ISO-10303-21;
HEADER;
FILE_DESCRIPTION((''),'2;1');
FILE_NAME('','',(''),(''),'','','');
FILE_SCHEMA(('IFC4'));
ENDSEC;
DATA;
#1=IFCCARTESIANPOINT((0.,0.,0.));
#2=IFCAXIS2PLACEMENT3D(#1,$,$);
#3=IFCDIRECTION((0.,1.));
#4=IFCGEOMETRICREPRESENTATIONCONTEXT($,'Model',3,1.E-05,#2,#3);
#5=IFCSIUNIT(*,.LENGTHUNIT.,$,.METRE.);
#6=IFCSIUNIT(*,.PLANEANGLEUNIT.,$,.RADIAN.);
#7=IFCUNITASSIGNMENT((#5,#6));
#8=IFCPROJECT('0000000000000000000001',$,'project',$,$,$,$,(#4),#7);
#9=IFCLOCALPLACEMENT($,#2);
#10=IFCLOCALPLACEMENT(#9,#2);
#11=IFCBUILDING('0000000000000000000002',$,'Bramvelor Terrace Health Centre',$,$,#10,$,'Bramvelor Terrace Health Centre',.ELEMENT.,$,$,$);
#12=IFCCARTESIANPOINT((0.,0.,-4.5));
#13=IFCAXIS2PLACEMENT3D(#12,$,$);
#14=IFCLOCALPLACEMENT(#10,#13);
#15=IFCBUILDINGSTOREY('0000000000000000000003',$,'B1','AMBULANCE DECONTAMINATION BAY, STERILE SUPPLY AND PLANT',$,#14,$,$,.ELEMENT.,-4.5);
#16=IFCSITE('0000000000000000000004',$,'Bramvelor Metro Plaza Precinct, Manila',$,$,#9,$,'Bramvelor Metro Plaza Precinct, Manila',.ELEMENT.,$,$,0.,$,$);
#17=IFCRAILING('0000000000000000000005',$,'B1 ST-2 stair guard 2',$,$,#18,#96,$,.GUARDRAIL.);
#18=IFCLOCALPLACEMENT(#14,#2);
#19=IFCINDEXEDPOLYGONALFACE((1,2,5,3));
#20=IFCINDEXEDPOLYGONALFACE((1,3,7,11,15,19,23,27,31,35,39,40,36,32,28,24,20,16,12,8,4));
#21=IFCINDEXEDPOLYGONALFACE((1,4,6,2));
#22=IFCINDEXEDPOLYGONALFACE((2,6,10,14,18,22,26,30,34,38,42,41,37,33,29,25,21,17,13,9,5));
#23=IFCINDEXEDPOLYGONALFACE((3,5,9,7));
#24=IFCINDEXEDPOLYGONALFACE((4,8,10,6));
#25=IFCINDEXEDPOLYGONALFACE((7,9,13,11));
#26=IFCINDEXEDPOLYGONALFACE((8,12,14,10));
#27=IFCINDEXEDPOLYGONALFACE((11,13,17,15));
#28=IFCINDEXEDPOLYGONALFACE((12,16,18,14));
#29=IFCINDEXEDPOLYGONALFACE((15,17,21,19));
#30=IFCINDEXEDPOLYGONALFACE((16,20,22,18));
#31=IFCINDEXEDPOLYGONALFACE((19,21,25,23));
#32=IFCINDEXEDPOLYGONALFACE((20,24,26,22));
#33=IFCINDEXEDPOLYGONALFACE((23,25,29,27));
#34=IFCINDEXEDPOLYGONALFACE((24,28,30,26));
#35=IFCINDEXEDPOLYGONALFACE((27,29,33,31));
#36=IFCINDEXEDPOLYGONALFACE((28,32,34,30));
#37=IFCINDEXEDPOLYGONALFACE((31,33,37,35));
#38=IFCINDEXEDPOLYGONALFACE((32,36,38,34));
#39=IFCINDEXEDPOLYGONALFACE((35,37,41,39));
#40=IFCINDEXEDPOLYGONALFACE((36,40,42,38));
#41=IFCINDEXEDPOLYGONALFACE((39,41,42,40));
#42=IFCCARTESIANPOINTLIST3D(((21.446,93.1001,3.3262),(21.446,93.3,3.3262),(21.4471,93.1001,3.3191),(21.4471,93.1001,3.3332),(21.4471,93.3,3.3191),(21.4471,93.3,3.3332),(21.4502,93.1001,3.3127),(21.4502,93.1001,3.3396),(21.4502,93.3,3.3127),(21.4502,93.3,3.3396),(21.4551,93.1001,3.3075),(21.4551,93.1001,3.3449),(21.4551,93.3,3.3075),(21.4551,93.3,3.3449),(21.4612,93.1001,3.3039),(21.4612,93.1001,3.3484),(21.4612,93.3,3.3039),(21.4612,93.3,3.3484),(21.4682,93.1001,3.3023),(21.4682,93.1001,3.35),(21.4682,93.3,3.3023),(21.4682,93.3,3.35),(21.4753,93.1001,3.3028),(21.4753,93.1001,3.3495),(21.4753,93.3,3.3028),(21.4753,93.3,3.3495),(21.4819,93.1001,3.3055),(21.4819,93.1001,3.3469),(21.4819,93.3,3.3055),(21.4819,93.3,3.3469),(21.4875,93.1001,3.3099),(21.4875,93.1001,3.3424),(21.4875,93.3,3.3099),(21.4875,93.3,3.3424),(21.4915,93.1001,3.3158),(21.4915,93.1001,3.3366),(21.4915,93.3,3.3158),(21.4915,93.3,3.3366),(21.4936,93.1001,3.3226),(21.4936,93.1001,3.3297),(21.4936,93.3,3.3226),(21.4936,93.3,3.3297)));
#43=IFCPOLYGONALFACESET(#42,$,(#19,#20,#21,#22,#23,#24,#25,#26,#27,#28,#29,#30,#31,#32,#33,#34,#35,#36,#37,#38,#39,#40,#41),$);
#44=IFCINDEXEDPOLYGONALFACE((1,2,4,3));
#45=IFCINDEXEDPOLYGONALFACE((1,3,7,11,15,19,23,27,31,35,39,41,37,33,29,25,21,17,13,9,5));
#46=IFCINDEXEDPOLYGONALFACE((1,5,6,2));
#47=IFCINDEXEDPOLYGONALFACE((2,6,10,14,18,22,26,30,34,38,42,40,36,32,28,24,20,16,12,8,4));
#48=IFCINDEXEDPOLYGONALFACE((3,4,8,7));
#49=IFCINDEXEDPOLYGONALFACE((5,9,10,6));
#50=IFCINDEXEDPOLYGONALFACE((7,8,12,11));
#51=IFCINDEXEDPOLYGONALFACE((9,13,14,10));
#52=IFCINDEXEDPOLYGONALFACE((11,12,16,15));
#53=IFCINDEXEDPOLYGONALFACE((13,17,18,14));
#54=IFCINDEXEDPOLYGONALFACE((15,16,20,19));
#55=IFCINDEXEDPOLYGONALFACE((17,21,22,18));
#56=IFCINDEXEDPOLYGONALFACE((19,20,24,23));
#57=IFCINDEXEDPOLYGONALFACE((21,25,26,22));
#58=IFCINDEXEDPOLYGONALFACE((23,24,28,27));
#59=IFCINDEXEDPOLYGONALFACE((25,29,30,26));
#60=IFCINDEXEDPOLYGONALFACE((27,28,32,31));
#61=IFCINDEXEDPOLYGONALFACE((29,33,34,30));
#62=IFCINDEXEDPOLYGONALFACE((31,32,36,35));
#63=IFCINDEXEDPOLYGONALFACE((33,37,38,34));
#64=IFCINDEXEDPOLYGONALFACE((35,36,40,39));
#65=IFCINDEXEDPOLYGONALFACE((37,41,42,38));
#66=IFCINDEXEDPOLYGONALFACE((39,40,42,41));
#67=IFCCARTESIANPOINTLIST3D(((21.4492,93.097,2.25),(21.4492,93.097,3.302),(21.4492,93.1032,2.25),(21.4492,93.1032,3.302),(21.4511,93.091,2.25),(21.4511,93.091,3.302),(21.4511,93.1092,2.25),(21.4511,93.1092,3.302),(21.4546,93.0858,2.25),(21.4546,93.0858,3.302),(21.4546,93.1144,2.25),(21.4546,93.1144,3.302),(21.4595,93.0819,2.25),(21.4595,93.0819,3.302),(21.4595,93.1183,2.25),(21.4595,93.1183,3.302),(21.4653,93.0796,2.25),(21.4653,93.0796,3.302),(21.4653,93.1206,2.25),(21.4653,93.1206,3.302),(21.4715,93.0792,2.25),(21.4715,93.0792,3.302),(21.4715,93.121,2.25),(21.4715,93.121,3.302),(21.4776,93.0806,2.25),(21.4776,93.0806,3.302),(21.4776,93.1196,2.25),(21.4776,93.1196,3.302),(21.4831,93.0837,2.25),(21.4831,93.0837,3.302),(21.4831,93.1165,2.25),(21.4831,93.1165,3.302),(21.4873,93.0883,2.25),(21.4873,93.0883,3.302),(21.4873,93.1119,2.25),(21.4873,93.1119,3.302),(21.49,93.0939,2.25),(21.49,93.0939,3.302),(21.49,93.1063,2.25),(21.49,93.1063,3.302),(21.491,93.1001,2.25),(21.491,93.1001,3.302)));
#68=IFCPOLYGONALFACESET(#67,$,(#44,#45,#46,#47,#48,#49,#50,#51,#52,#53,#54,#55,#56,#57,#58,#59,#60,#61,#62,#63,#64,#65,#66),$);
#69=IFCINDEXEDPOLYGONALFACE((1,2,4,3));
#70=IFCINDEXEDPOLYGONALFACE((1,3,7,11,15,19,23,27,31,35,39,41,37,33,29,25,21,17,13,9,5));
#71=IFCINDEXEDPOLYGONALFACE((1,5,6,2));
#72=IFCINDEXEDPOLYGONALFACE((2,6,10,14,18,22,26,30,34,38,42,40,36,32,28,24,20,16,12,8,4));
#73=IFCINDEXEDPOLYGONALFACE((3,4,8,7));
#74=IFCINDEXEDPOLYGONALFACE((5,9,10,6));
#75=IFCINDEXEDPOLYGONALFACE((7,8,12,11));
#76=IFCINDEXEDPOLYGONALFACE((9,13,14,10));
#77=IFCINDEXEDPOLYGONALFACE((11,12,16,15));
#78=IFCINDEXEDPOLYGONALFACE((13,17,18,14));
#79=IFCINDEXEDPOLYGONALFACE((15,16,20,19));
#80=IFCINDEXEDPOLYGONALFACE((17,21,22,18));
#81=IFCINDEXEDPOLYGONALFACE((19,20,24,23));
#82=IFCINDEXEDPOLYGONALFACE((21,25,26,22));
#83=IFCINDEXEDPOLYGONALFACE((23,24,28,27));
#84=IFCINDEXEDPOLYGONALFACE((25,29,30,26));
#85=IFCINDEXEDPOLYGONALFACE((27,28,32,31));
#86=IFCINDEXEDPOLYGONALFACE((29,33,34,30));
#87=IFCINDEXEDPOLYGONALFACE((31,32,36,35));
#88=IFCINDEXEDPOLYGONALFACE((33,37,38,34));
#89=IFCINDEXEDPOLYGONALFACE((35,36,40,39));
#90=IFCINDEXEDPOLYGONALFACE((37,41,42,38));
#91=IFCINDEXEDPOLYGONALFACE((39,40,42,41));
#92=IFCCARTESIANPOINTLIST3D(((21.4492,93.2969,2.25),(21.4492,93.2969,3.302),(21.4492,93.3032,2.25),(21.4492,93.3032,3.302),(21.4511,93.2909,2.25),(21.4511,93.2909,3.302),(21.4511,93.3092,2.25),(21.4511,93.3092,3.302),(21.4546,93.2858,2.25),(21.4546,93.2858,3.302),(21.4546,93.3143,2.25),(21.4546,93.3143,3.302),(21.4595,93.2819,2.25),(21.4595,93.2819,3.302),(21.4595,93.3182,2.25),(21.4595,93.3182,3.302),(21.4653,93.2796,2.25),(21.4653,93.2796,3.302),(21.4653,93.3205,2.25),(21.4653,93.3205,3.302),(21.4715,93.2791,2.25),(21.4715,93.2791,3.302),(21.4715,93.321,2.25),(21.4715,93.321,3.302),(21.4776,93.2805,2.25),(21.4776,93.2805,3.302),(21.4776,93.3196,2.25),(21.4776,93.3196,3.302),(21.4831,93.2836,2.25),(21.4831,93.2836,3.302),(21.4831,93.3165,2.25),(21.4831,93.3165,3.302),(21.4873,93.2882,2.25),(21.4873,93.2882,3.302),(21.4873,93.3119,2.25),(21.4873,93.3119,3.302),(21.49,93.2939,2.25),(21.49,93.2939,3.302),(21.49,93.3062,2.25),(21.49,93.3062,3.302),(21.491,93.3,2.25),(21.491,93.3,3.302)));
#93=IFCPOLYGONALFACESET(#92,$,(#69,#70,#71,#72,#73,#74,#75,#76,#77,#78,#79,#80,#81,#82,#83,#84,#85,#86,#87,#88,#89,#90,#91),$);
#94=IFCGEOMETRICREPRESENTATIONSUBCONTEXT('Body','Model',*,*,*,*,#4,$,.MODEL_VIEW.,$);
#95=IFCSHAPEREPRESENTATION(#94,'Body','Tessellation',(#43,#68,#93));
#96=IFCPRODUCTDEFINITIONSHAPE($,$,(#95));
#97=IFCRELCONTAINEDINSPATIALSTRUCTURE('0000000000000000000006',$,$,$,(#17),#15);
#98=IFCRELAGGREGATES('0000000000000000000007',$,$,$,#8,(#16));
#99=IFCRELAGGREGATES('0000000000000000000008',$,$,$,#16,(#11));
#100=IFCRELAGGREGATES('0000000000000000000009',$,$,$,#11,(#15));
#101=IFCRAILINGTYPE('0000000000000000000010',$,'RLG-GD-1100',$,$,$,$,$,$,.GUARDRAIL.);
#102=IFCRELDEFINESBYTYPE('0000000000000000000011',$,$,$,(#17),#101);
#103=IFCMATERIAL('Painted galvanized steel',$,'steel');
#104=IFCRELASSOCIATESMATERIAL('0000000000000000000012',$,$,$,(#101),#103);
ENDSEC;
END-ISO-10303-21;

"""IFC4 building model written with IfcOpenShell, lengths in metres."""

from ifc_helpers import new_model, si_unit, direction, frame, origin, origin_2d, place, context, subcontext, project, spatial, circle, extrude, material, type_object, element, save


model = new_model("IFC4")

# Units and contexts
model_context = context("Model", 3, precision=1e-05, world=origin(), true_north=direction((0.0, 1.0)))
body_context = subcontext(model_context, "Body", "Model", "MODEL_VIEW")
ifc_project = project(units=[si_unit("LENGTHUNIT", "METRE"), si_unit("PLANEANGLEUNIT", "RADIAN")], contexts=[model_context])

# Site, building, storey
site_placement = place(None, origin())
site = spatial("IfcSite", under=ifc_project, at=site_placement, Name="Bramvelor Metro Plaza Precinct, Manila", LongName="Bramvelor Metro Plaza Precinct, Manila", CompositionType="ELEMENT", RefElevation=0.0)
building_placement = place(site_placement, origin())
building = spatial("IfcBuilding", under=site, at=building_placement, Name="Bramvelor Terrace Health Centre", LongName="Bramvelor Terrace Health Centre", CompositionType="ELEMENT")
storey_placement = place(building_placement, frame((0.0, 0.0, -4.5)))
storey = spatial("IfcBuildingStorey", under=building, at=storey_placement, Name="B1", Description="AMBULANCE DECONTAMINATION BAY, STERILE SUPPLY AND PLANT", CompositionType="ELEMENT", Elevation=-4.5)

# Railing
ifc_material_1 = material(Name="Painted galvanized steel", Category="steel")
railing_type_1 = type_object("IfcRailingType", Name="RLG-GD-1100", PredefinedType="GUARDRAIL", material=ifc_material_1)
railing_1_placement = place(storey_placement, frame((21.47, 93.1001, 2.25)))
element("IfcRailing", 1, at=railing_1_placement, inside=storey, type_object=railing_type_1, Name="B1 ST-2 stair guard 2", PredefinedType="GUARDRAIL", context=body_context, shape_type="SweptSolid", body=[
    extrude(circle(Radius=0.0239, at=origin_2d()), frame((0.0, 0.0, 1.0762), z_axis=(0.0, 1.0, 0.0), x_axis=(-1.0, 0.0, 0.0)), (0.0, 0.0, 1.0), 0.2),
    extrude(circle(Radius=0.021, at=origin_2d()), origin(), (0.0, 0.0, 1.0), 1.052),
    extrude(circle(Radius=0.021, at=origin_2d()), frame((0.0, 0.2, 0.0)), (0.0, 0.0, 1.0), 1.052),
])

save(model, "model.ifc")
